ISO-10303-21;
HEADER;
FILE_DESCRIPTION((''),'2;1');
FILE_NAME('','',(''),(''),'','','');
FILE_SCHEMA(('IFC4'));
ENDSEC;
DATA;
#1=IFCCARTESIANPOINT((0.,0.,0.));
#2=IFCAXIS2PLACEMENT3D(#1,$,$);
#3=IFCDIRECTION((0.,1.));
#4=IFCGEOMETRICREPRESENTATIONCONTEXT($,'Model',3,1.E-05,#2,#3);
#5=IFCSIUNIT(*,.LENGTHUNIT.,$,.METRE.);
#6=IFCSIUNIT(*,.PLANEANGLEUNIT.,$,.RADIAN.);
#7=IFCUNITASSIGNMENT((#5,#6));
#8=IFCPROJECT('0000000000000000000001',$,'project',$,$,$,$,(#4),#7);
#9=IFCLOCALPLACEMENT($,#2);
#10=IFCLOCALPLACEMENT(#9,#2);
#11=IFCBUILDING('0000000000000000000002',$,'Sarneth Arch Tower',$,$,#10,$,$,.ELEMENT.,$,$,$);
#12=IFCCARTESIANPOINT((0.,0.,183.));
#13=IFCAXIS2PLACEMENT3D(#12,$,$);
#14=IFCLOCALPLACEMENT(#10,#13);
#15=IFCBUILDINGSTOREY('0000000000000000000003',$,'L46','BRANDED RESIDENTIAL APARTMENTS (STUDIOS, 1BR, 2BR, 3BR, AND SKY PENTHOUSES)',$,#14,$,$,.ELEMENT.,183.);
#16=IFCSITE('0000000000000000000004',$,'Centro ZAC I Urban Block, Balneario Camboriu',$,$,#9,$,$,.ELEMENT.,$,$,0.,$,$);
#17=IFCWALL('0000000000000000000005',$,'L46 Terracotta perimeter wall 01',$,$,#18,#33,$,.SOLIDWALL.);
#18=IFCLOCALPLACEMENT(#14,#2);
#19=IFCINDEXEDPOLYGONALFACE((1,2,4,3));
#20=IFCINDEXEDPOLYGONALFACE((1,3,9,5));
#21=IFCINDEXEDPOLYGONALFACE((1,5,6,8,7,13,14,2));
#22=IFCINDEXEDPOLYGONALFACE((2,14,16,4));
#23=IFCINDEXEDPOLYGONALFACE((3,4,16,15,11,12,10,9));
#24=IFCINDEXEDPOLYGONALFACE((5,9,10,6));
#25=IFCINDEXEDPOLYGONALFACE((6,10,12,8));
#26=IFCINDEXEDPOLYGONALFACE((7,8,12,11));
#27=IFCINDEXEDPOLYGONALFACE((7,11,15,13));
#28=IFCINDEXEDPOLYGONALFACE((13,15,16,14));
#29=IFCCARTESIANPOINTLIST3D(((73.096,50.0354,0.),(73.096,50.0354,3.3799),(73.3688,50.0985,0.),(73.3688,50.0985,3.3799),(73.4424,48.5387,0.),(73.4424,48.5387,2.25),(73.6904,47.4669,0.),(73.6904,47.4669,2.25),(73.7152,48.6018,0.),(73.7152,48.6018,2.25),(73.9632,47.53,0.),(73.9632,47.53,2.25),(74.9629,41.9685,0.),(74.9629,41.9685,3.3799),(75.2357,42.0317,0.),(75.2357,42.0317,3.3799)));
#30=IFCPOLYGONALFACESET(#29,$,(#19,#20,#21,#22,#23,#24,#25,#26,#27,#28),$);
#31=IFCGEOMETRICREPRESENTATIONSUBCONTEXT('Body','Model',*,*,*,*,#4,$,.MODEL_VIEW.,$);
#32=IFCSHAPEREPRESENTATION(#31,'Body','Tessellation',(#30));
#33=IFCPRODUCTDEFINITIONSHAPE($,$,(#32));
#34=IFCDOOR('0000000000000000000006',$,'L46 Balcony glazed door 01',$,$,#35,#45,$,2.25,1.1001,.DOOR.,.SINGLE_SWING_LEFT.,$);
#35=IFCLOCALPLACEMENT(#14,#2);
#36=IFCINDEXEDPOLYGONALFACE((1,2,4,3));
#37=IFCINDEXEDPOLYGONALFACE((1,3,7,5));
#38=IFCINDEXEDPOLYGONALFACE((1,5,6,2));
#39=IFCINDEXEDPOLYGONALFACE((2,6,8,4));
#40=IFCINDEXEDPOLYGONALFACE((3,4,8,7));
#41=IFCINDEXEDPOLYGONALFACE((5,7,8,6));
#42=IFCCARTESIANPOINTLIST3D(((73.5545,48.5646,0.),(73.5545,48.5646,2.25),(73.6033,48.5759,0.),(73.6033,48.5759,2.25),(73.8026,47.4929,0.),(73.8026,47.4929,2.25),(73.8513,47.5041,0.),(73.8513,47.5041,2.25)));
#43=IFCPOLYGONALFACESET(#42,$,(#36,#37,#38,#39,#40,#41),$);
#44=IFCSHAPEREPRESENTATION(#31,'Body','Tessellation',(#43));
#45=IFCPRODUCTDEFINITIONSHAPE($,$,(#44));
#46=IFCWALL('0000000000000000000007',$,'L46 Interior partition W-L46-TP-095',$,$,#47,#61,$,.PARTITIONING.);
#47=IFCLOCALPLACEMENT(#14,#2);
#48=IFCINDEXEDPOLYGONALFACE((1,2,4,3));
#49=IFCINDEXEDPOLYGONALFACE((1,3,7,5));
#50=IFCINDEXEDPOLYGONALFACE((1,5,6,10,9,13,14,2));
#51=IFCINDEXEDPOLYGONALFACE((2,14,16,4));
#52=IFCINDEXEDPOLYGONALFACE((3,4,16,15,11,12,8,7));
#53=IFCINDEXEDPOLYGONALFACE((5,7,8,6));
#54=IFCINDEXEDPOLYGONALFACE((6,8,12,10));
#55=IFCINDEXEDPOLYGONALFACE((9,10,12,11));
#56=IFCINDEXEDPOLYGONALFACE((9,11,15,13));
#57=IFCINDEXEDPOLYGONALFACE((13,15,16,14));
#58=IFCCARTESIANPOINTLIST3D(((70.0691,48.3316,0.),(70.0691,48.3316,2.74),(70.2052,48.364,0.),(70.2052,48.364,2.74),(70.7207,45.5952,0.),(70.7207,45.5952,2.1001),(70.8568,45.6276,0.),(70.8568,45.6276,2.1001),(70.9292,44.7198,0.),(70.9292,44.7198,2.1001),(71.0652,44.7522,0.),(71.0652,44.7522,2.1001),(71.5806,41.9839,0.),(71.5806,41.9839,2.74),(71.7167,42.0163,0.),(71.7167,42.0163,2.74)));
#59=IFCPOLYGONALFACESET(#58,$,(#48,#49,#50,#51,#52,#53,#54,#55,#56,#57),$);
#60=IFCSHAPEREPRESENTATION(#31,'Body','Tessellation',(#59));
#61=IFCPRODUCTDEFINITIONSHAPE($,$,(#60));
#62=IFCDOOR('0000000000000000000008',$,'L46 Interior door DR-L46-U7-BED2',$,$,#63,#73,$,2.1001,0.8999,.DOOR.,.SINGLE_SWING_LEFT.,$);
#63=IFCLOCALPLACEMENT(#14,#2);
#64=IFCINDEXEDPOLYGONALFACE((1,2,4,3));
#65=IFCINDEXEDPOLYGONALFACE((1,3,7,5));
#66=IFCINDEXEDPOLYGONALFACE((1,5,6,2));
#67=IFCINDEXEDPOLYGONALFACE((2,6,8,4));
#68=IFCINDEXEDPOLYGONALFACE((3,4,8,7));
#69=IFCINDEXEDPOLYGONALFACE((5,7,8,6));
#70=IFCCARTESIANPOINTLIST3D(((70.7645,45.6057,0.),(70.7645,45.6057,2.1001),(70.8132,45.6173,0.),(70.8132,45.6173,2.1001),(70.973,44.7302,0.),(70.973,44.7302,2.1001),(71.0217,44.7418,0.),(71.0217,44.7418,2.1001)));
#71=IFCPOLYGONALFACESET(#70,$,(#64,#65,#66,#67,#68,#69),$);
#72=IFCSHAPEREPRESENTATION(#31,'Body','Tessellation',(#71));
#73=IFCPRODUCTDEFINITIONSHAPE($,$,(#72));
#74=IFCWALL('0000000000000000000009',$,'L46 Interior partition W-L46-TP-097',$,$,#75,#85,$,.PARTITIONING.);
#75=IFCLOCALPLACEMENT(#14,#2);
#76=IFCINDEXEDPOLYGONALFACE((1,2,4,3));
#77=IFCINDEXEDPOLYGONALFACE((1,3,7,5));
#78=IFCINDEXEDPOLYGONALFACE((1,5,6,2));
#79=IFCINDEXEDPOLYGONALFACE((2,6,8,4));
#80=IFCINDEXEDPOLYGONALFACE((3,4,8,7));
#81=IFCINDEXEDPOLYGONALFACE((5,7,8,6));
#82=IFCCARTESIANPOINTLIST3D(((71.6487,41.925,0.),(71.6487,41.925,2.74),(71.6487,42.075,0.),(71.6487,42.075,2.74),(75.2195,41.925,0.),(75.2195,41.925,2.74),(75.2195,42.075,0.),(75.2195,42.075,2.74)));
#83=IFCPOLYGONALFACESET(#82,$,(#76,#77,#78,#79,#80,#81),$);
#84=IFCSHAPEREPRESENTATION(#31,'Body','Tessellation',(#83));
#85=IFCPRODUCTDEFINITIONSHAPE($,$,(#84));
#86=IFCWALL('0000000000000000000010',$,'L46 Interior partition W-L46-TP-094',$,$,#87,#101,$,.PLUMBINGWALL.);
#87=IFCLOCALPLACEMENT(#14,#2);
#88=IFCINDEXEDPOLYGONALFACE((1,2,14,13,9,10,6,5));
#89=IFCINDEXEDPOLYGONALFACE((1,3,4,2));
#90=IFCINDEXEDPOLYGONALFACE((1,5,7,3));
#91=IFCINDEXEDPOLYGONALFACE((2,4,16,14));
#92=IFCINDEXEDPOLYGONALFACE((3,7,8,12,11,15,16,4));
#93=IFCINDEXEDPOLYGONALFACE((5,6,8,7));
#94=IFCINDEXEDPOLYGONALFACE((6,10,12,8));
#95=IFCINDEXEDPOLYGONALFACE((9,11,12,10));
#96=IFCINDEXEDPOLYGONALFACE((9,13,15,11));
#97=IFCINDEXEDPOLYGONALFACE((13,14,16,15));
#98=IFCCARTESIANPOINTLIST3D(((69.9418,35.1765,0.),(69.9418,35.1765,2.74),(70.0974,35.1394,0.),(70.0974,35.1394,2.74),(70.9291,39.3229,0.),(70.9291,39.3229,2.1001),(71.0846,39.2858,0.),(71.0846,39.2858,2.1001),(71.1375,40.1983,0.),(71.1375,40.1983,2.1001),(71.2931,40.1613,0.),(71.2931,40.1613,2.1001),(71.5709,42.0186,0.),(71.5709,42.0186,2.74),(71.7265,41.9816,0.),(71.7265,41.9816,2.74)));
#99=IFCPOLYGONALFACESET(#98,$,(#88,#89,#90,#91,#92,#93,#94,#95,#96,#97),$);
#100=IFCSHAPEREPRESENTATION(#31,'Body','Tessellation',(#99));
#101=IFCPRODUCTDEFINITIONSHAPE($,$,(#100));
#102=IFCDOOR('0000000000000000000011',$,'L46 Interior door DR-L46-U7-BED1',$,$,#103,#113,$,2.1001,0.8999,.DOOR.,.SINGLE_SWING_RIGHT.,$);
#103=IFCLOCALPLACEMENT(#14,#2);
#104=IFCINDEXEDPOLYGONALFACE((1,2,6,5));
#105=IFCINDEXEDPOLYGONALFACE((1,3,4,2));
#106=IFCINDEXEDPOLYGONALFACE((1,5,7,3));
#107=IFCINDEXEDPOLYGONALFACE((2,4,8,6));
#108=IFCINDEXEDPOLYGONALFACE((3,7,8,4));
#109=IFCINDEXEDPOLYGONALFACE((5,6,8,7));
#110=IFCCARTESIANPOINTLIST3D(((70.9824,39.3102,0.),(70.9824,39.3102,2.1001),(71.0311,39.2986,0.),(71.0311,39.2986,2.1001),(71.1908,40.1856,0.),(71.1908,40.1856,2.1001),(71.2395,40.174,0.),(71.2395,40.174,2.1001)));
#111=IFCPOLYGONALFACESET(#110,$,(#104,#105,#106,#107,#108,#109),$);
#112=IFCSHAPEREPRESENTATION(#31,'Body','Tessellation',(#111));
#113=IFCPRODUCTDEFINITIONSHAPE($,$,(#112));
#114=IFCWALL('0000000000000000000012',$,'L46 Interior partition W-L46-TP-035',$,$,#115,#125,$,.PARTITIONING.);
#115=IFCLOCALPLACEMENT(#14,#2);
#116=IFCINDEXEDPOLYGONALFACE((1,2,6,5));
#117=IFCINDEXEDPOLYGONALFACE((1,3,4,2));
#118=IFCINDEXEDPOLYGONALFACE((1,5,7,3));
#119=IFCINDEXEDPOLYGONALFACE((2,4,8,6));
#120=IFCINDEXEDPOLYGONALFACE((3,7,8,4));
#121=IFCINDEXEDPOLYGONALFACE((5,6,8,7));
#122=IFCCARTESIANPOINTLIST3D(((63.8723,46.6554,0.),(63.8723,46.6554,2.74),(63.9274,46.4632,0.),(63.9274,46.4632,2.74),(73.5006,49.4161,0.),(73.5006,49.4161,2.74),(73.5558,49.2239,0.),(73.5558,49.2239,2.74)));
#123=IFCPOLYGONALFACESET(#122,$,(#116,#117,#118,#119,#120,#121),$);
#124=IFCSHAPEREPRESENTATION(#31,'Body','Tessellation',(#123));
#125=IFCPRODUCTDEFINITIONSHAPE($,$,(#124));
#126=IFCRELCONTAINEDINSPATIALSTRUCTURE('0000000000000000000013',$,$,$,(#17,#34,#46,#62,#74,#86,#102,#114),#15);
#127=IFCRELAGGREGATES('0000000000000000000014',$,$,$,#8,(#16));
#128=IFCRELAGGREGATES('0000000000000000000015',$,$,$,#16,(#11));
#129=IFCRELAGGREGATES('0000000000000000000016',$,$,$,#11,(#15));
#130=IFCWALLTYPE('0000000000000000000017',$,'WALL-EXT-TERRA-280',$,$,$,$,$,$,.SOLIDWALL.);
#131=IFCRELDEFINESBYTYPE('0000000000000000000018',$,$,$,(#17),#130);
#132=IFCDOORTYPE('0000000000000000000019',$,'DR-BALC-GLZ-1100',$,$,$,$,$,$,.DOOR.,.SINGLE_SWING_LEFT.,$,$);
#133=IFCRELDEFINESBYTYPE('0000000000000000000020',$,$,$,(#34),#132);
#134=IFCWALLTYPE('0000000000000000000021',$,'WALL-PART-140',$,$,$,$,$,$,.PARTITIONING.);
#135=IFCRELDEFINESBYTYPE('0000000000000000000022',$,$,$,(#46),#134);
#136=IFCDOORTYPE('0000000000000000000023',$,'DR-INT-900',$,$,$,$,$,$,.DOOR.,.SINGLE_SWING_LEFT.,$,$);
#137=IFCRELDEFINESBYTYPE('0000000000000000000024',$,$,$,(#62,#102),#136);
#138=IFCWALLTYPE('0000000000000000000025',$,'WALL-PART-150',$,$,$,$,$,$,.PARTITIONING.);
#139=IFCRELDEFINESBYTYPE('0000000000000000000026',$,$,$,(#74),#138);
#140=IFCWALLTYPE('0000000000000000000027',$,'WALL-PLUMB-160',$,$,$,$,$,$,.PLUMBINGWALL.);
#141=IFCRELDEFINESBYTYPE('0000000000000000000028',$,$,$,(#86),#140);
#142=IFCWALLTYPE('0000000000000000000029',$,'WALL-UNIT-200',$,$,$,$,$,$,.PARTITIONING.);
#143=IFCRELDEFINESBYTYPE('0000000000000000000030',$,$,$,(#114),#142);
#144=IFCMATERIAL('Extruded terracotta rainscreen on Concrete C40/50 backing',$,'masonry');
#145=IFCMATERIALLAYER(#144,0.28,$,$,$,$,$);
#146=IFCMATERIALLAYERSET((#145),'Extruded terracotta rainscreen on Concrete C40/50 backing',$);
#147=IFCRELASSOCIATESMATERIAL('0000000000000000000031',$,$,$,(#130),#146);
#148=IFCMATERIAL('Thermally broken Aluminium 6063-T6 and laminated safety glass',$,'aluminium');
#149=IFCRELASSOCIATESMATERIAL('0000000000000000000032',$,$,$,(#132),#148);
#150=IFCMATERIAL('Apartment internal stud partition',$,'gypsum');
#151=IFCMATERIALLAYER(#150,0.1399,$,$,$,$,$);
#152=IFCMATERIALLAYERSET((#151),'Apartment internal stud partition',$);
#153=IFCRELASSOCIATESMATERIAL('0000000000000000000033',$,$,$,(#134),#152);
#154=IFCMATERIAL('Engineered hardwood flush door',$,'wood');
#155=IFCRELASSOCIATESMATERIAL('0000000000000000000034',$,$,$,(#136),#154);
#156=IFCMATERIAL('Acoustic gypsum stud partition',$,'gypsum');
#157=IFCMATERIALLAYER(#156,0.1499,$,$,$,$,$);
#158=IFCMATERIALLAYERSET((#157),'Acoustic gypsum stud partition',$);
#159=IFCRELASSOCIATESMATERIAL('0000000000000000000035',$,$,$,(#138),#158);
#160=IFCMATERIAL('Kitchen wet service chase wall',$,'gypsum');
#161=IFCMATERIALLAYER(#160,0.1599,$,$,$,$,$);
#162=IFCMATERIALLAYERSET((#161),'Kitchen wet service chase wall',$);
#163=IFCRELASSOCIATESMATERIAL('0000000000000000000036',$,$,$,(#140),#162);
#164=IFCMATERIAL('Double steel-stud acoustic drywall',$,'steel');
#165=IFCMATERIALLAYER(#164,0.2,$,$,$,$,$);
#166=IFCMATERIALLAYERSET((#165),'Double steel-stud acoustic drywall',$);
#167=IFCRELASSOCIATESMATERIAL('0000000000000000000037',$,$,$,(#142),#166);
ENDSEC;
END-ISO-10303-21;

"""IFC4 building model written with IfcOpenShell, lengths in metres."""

from ifc_helpers import new_model, si_unit, direction, frame, frame_2d, origin, place, context, subcontext, project, spatial, rectangle, extrude, material, layer, layer_set, type_object, element, fill, save


model = new_model("IFC4")

# Units and contexts
model_context = context("Model", 3, precision=1e-05, world=origin(), true_north=direction((0.0, 1.0)))
body_context = subcontext(model_context, "Body", "Model", "MODEL_VIEW")
ifc_project = project(units=[si_unit("LENGTHUNIT", "METRE"), si_unit("PLANEANGLEUNIT", "RADIAN")], contexts=[model_context])

# Site, building, storey
site_placement = place(None, origin())
site = spatial("IfcSite", under=ifc_project, at=site_placement, Name="Centro ZAC I Urban Block, Balneario Camboriu", CompositionType="ELEMENT", RefElevation=0.0)
building_placement = place(site_placement, origin())
building = spatial("IfcBuilding", under=site, at=building_placement, Name="Sarneth Arch Tower", CompositionType="ELEMENT")
storey_placement = place(building_placement, frame((0.0, 0.0, 183.0)))
storey = spatial("IfcBuildingStorey", under=building, at=storey_placement, Name="L46", Description="BRANDED RESIDENTIAL APARTMENTS (STUDIOS, 1BR, 2BR, 3BR, AND SKY PENTHOUSES)", CompositionType="ELEMENT", Elevation=183.0)

# Walls, openings, doors
ifc_material_1 = material(Name="Extruded terracotta rainscreen on Concrete C40/50 backing", Category="masonry")
ifc_layer_1 = layer(ifc_material_1, 0.28)
ifc_layer_set_1 = layer_set([ifc_layer_1], Name="Extruded terracotta rainscreen on Concrete C40/50 backing")
wall_type_1 = type_object("IfcWallType", Name="WALL-EXT-TERRA-280", PredefinedType="SOLIDWALL", material=ifc_layer_set_1)
wall_1_placement = place(storey_placement, frame((75.0994, 42.0, 0.0), z_axis=(0.0, 0.0, 1.0), x_axis=(-0.225473, 0.974249, 0.0)))
wall_1 = element("IfcWall", 1, at=wall_1_placement, inside=storey, type_object=wall_type_1, Name="L46 Terracotta perimeter wall 01", PredefinedType="SOLIDWALL", context=body_context, shape_type="SweptSolid", body=[
    extrude(rectangle(XDim=8.28, YDim=0.28, at=frame_2d((4.1401, 0.0))), origin(), (0.0, 0.0, 1.0), 3.3799),
])
opening_1_placement = place(wall_1_placement, frame((5.6438, 0.0, 0.0)))
opening_1 = element("IfcOpeningElement", 2, at=opening_1_placement, cuts=wall_1, PredefinedType="OPENING", context=body_context, shape_type="SweptSolid", body=[
    extrude(rectangle(XDim=1.1001, YDim=2.25, at=frame_2d((0.55, 1.125))), frame((0.0, 0.1499, 0.0), z_axis=(0.0, -1.0, 0.0), x_axis=(1.0, 0.0, 0.0)), (0.0, 0.0, 1.0), 0.3),
])
ifc_material_2 = material(Name="Thermally broken Aluminium 6063-T6 and laminated safety glass", Category="aluminium")
door_type_1 = type_object("IfcDoorType", Name="DR-BALC-GLZ-1100", OperationType="SINGLE_SWING_LEFT", PredefinedType="DOOR", material=ifc_material_2)
door_1_placement = place(opening_1_placement, origin())
door_1 = element("IfcDoor", 3, at=door_1_placement, inside=storey, type_object=door_type_1, Name="L46 Balcony glazed door 01", OperationType="SINGLE_SWING_LEFT", OverallHeight=2.25, OverallWidth=1.1001, PredefinedType="DOOR", context=body_context, shape_type="SweptSolid", body=[
    extrude(rectangle(XDim=1.1001, YDim=2.25, at=frame_2d((0.55, 1.125))), frame((0.0, 0.0249, 0.0), z_axis=(0.0, -1.0, 0.0), x_axis=(1.0, 0.0, 0.0)), (0.0, 0.0, 1.0), 0.05),
])
fill(opening_1, door_1)
ifc_material_3 = material(Name="Apartment internal stud partition", Category="gypsum")
ifc_layer_2 = layer(ifc_material_3, 0.1399)
ifc_layer_set_2 = layer_set([ifc_layer_2], Name="Apartment internal stud partition")
wall_type_2 = type_object("IfcWallType", Name="WALL-PART-140", PredefinedType="PARTITIONING", material=ifc_layer_set_2)
wall_2_placement = place(storey_placement, frame((71.6487, 42.0, 0.0), z_axis=(0.0, 0.0, 1.0), x_axis=(-0.231639, 0.972802, 0.0)))
wall_2 = element("IfcWall", 4, at=wall_2_placement, inside=storey, type_object=wall_type_2, Name="L46 Interior partition W-L46-TP-095", PredefinedType="PARTITIONING", context=body_context, shape_type="SweptSolid", body=[
    extrude(rectangle(XDim=6.5251, YDim=0.1399, at=frame_2d((3.2627, 0.0))), origin(), (0.0, 0.0, 1.0), 2.74),
])
opening_2_placement = place(wall_2_placement, frame((2.8125, 0.0, 0.0)))
opening_2 = element("IfcOpeningElement", 5, at=opening_2_placement, cuts=wall_2, PredefinedType="OPENING", context=body_context, shape_type="SweptSolid", body=[
    extrude(rectangle(XDim=0.8999, YDim=2.1001, at=frame_2d((0.45, 1.05))), frame((0.0, 0.0798, 0.0), z_axis=(0.0, -1.0, 0.0), x_axis=(1.0, 0.0, 0.0)), (0.0, 0.0, 1.0), 0.1599),
])
ifc_material_4 = material(Name="Engineered hardwood flush door", Category="wood")
door_type_2 = type_object("IfcDoorType", Name="DR-INT-900", OperationType="SINGLE_SWING_LEFT", PredefinedType="DOOR", material=ifc_material_4)
door_2_placement = place(opening_2_placement, origin())
door_2 = element("IfcDoor", 6, at=door_2_placement, inside=storey, type_object=door_type_2, Name="L46 Interior door DR-L46-U7-BED2", OperationType="SINGLE_SWING_LEFT", OverallHeight=2.1001, OverallWidth=0.8999, PredefinedType="DOOR", context=body_context, shape_type="SweptSolid", body=[
    extrude(rectangle(XDim=0.8999, YDim=2.1001, at=frame_2d((0.45, 1.05))), frame((0.0, 0.0249, 0.0), z_axis=(0.0, -1.0, 0.0), x_axis=(1.0, 0.0, 0.0)), (0.0, 0.0, 1.0), 0.05),
])
fill(opening_2, door_2)

# Wall
ifc_material_5 = material(Name="Acoustic gypsum stud partition", Category="gypsum")
ifc_layer_3 = layer(ifc_material_5, 0.1499)
ifc_layer_set_3 = layer_set([ifc_layer_3], Name="Acoustic gypsum stud partition")
wall_type_3 = type_object("IfcWallType", Name="WALL-PART-150", PredefinedType="PARTITIONING", material=ifc_layer_set_3)
wall_3_placement = place(storey_placement, frame((75.2195, 42.0, 0.0), z_axis=(0.0, 0.0, 1.0), x_axis=(-1.0, 0.0, 0.0)))
element("IfcWall", 7, at=wall_3_placement, inside=storey, type_object=wall_type_3, Name="L46 Interior partition W-L46-TP-097", PredefinedType="PARTITIONING", context=body_context, shape_type="SweptSolid", body=[
    extrude(rectangle(XDim=3.5708, YDim=0.1499, at=frame_2d((1.7854, 0.0))), origin(), (0.0, 0.0, 1.0), 2.74),
])

# Wall, opening, door
ifc_material_6 = material(Name="Kitchen wet service chase wall", Category="gypsum")
ifc_layer_4 = layer(ifc_material_6, 0.1599)
ifc_layer_set_4 = layer_set([ifc_layer_4], Name="Kitchen wet service chase wall")
wall_type_4 = type_object("IfcWallType", Name="WALL-PLUMB-160", PredefinedType="PLUMBINGWALL", material=ifc_layer_set_4)
wall_4_placement = place(storey_placement, frame((71.6487, 42.0, 0.0), z_axis=(0.0, 0.0, 1.0), x_axis=(-0.231625, -0.972805, 0.0)))
wall_4 = element("IfcWall", 8, at=wall_4_placement, inside=storey, type_object=wall_type_4, Name="L46 Interior partition W-L46-TP-094", PredefinedType="PLUMBINGWALL", context=body_context, shape_type="SweptSolid", body=[
    extrude(rectangle(XDim=7.0334, YDim=0.1599, at=frame_2d((3.5166, 0.0))), origin(), (0.0, 0.0, 1.0), 2.74),
])
opening_3_placement = place(wall_4_placement, frame((1.8711, 0.0, 0.0)))
opening_3 = element("IfcOpeningElement", 9, at=opening_3_placement, cuts=wall_4, PredefinedType="OPENING", context=body_context, shape_type="SweptSolid", body=[
    extrude(rectangle(XDim=0.8999, YDim=2.1001, at=frame_2d((0.45, 1.05))), frame((0.0, 0.0898, 0.0), z_axis=(0.0, -1.0, 0.0), x_axis=(1.0, 0.0, 0.0)), (0.0, 0.0, 1.0), 0.1799),
])
door_3_placement = place(opening_3_placement, origin())
door_3 = element("IfcDoor", 10, at=door_3_placement, inside=storey, type_object=door_type_2, Name="L46 Interior door DR-L46-U7-BED1", OperationType="SINGLE_SWING_RIGHT", OverallHeight=2.1001, OverallWidth=0.8999, PredefinedType="DOOR", context=body_context, shape_type="SweptSolid", body=[
    extrude(rectangle(XDim=0.8999, YDim=2.1001, at=frame_2d((0.45, 1.05))), frame((0.0, 0.0249, 0.0), z_axis=(0.0, -1.0, 0.0), x_axis=(1.0, 0.0, 0.0)), (0.0, 0.0, 1.0), 0.05),
])
fill(opening_3, door_3)

# Wall
ifc_material_7 = material(Name="Double steel-stud acoustic drywall", Category="steel")
ifc_layer_5 = layer(ifc_material_7, 0.2)
ifc_layer_set_5 = layer_set([ifc_layer_5], Name="Double steel-stud acoustic drywall")
wall_type_5 = type_object("IfcWallType", Name="WALL-UNIT-200", PredefinedType="PARTITIONING", material=ifc_layer_set_5)
wall_5_placement = place(storey_placement, frame((73.5283, 49.3201, 0.0), z_axis=(0.0, 0.0, 1.0), x_axis=(-0.961266, -0.275622, 0.0)))
element("IfcWall", 11, at=wall_5_placement, inside=storey, type_object=wall_type_5, Name="L46 Interior partition W-L46-TP-035", PredefinedType="PARTITIONING", context=body_context, shape_type="SweptSolid", body=[
    extrude(rectangle(XDim=10.0164, YDim=0.2, at=frame_2d((5.0083, 0.0))), origin(), (0.0, 0.0, 1.0), 2.74),
])

save(model, "model.ifc")
